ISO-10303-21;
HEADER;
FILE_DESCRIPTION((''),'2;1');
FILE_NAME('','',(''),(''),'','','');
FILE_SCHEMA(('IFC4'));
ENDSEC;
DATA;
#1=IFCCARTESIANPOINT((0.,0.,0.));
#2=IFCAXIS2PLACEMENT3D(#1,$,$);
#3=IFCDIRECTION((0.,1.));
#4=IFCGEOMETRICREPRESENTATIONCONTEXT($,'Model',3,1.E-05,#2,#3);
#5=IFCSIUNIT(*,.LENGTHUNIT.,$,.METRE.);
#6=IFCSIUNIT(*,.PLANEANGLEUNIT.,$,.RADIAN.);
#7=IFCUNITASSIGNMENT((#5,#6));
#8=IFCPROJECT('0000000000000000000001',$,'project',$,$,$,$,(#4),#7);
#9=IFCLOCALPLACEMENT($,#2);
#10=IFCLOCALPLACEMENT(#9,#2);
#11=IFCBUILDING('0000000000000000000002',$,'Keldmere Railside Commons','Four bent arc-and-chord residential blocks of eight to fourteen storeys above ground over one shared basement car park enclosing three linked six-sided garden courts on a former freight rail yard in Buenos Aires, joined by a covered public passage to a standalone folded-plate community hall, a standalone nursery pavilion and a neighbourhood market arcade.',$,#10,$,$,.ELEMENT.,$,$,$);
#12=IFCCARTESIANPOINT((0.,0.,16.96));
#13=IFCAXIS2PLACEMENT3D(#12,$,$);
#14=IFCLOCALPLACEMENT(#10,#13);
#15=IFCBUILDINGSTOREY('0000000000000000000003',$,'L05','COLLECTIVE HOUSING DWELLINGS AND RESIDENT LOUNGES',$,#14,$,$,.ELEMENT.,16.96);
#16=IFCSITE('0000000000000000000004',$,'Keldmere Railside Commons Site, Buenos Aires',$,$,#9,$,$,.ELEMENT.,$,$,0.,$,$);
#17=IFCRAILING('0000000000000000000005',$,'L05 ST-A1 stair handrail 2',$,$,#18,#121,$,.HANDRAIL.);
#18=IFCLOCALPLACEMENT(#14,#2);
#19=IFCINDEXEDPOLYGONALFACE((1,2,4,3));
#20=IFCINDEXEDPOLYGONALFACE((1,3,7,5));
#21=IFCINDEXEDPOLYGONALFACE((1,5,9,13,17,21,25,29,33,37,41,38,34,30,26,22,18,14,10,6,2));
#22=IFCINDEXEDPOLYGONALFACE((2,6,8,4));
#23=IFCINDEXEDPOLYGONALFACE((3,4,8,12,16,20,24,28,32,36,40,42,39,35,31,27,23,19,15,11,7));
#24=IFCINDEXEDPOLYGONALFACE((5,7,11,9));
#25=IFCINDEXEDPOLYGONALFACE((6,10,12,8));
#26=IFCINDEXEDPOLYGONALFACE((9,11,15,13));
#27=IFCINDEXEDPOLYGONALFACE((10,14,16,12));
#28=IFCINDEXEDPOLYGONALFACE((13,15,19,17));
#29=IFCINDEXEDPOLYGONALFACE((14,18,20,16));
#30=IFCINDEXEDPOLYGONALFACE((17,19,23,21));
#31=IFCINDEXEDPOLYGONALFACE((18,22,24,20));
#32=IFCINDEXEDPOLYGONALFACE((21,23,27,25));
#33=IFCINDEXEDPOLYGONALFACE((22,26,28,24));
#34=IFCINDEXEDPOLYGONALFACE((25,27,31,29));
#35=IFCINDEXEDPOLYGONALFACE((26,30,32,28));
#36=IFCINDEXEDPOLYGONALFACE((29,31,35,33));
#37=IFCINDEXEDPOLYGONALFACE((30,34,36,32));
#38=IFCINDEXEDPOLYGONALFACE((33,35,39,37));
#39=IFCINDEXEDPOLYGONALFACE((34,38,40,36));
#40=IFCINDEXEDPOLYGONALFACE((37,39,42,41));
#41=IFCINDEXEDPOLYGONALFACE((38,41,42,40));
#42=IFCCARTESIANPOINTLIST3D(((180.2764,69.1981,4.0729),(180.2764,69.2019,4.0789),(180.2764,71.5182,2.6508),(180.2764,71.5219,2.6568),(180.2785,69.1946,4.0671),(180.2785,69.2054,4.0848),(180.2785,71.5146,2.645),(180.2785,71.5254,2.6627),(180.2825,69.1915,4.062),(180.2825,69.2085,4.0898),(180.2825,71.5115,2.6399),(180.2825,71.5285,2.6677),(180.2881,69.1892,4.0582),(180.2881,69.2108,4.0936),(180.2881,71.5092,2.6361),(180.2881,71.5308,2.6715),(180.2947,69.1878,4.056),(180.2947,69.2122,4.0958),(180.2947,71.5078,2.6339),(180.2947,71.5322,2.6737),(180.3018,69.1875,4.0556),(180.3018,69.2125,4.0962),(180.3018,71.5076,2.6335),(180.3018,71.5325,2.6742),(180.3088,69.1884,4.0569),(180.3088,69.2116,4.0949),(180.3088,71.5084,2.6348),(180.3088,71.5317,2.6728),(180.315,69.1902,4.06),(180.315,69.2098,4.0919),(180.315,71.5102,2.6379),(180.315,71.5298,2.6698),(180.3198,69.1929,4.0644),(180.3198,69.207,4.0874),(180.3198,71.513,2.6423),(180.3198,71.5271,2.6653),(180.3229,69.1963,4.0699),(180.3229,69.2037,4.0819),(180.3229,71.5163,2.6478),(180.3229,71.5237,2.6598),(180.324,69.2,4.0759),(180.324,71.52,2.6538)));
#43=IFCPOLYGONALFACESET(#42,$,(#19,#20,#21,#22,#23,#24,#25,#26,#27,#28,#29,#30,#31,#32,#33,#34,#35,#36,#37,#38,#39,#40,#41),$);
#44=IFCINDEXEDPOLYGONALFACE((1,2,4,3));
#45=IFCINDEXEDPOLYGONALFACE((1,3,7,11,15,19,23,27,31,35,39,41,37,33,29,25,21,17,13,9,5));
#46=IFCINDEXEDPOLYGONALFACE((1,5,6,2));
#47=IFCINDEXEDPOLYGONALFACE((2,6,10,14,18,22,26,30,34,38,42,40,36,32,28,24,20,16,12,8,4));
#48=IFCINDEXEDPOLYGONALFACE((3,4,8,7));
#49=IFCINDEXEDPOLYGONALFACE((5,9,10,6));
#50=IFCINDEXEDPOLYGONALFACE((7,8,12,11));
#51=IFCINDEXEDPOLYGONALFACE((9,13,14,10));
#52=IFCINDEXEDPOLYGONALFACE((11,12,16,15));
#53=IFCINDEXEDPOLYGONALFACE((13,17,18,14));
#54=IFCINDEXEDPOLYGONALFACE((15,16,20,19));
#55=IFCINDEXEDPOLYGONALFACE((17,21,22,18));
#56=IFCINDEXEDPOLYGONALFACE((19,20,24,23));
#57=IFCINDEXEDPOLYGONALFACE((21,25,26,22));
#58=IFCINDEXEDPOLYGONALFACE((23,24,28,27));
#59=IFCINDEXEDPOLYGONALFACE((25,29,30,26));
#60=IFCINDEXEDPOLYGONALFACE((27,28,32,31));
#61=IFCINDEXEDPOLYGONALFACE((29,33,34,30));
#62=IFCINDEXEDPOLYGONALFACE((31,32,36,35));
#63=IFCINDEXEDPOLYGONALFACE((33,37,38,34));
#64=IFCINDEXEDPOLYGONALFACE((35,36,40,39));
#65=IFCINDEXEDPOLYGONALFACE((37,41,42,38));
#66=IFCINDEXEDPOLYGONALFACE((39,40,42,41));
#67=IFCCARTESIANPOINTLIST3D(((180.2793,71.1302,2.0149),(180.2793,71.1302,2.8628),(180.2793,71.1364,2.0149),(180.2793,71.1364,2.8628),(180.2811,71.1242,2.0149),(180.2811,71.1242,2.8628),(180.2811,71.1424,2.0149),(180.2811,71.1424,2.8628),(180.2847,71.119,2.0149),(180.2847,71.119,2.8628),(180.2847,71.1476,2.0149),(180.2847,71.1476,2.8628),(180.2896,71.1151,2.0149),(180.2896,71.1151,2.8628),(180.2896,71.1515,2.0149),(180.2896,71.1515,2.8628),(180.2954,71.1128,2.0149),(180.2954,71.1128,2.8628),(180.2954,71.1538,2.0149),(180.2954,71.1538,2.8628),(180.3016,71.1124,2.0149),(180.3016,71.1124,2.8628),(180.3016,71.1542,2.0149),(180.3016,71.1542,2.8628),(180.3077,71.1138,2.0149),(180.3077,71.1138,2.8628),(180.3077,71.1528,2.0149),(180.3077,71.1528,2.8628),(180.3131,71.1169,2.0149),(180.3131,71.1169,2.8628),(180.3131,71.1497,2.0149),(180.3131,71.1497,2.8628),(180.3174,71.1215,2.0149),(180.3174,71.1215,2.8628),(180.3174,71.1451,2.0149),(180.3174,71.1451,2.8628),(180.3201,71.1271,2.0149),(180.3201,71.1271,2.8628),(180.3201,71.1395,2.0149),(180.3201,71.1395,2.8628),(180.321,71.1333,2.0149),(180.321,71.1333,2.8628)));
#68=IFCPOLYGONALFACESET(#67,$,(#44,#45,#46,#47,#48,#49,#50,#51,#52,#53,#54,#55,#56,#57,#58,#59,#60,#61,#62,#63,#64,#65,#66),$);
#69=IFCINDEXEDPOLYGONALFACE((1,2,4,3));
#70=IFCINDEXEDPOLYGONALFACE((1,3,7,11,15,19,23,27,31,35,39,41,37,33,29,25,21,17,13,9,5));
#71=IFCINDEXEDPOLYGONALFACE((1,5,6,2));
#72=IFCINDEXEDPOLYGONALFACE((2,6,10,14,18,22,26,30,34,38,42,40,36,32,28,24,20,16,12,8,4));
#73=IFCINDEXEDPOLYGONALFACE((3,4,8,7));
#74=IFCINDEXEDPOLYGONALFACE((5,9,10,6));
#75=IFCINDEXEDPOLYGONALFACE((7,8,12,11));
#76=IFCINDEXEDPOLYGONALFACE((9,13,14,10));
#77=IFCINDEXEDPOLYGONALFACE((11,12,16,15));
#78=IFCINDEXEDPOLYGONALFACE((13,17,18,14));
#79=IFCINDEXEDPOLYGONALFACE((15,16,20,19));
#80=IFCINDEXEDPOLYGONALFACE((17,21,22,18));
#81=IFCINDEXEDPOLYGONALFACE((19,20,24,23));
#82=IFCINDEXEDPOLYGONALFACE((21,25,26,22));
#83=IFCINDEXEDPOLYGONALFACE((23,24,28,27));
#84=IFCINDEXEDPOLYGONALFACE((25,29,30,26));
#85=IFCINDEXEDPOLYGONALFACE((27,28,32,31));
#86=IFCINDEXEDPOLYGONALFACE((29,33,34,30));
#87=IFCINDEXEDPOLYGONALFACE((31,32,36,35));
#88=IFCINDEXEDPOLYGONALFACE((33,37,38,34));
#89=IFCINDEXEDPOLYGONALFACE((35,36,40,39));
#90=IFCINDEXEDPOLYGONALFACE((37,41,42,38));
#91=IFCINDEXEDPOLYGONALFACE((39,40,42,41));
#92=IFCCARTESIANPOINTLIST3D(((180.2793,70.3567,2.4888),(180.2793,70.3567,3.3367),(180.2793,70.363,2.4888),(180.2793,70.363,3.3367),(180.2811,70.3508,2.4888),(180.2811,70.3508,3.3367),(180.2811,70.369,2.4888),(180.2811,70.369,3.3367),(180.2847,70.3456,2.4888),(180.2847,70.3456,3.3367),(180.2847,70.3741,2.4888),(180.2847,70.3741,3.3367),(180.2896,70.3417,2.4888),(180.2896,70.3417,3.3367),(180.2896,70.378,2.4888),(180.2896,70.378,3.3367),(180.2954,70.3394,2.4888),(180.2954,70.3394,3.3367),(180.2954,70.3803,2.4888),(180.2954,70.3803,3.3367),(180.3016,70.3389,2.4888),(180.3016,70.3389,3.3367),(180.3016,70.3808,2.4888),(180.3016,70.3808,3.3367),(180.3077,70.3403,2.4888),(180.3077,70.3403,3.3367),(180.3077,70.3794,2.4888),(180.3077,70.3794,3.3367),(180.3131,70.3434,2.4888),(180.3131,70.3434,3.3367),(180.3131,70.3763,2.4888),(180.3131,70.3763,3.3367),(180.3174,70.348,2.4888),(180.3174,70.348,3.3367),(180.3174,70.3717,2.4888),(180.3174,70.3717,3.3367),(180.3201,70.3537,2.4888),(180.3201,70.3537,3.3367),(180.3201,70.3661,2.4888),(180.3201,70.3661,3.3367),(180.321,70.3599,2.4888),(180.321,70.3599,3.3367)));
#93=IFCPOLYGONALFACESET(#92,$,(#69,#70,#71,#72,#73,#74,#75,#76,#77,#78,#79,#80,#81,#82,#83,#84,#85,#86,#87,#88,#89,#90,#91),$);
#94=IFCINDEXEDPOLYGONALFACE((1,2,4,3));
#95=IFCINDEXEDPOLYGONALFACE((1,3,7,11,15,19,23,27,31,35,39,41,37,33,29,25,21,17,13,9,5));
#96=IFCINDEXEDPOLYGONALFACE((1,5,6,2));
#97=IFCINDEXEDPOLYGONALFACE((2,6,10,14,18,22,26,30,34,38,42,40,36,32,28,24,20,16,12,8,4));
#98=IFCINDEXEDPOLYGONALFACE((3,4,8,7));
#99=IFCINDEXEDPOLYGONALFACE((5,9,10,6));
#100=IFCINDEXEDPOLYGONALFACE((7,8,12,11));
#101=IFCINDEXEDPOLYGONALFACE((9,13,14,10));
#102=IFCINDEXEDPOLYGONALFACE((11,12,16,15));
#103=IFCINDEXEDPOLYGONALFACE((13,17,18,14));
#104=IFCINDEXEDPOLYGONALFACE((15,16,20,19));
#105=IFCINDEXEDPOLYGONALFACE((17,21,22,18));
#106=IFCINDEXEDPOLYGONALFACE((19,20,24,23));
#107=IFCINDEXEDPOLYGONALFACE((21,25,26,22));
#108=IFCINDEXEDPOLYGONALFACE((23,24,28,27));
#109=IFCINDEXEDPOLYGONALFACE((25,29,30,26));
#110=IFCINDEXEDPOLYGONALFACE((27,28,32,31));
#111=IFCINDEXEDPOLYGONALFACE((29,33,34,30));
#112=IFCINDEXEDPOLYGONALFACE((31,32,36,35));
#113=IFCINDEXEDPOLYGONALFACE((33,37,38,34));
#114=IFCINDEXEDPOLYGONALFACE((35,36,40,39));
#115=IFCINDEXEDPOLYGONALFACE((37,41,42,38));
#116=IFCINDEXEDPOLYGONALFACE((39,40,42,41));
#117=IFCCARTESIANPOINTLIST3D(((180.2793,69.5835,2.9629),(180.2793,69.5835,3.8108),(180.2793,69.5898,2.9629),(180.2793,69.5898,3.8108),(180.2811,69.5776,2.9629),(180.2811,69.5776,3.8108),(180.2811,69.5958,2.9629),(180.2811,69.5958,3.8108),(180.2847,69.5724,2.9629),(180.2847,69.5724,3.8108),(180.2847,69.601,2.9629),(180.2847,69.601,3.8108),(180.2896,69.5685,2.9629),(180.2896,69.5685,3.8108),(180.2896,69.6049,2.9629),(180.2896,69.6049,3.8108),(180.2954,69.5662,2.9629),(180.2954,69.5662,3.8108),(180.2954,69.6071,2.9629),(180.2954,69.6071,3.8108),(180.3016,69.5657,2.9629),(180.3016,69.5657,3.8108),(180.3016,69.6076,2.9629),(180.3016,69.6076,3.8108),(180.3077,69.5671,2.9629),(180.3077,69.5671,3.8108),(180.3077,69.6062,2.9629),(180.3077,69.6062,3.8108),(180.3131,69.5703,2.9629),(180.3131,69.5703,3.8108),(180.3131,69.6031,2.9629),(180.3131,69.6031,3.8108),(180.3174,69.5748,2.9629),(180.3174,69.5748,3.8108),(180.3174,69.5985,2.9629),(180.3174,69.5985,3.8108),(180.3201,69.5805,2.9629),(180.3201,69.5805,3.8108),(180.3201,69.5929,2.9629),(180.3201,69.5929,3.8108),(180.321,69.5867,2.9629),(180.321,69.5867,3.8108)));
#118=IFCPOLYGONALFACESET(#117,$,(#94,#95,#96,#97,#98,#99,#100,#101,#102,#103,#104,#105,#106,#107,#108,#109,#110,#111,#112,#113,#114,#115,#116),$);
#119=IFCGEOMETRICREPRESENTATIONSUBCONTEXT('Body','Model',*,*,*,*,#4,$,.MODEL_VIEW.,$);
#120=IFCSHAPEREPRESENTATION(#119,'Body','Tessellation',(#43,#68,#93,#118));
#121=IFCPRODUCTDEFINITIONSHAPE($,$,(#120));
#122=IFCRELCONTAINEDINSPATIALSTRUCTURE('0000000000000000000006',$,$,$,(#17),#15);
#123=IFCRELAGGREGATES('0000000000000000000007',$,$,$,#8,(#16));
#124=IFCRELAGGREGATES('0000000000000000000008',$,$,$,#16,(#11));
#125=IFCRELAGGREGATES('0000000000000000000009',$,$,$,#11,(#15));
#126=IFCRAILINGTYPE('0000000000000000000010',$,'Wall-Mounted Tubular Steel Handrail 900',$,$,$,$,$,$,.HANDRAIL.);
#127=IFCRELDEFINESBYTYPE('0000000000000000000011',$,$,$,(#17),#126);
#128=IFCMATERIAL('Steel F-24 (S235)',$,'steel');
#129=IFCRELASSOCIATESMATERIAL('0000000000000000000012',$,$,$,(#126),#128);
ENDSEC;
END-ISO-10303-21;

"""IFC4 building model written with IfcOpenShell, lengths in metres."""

from ifc_helpers import new_model, si_unit, direction, frame, origin, origin_2d, place, context, subcontext, project, spatial, circle, extrude, material, type_object, element, save


model = new_model("IFC4")

# Units and contexts
model_context = context("Model", 3, precision=1e-05, world=origin(), true_north=direction((0.0, 1.0)))
body_context = subcontext(model_context, "Body", "Model", "MODEL_VIEW")
ifc_project = project(units=[si_unit("LENGTHUNIT", "METRE"), si_unit("PLANEANGLEUNIT", "RADIAN")], contexts=[model_context])

# Site, building, storey
site_placement = place(None, origin())
site = spatial("IfcSite", under=ifc_project, at=site_placement, Name="Keldmere Railside Commons Site, Buenos Aires", CompositionType="ELEMENT", RefElevation=0.0)
building_placement = place(site_placement, origin())
building = spatial("IfcBuilding", under=site, at=building_placement, Name="Keldmere Railside Commons", Description="Four bent arc-and-chord residential blocks of eight to fourteen storeys above ground over one shared basement car park enclosing three linked six-sided garden courts on a former freight rail yard in Buenos Aires, joined by a covered public passage to a standalone folded-plate community hall, a standalone nursery pavilion and a neighbourhood market arcade.", CompositionType="ELEMENT")
storey_placement = place(building_placement, frame((0.0, 0.0, 16.96)))
storey = spatial("IfcBuildingStorey", under=building, at=storey_placement, Name="L05", Description="COLLECTIVE HOUSING DWELLINGS AND RESIDENT LOUNGES", CompositionType="ELEMENT", Elevation=16.96)

# Shared definitions
ifc_material_1 = material(Name="Steel F-24 (S235)", Category="steel")

# Railing
railing_type_1 = type_object("IfcRailingType", Name="Wall-Mounted Tubular Steel Handrail 900", PredefinedType="HANDRAIL", material=ifc_material_1)
railing_1_placement = place(storey_placement, frame((180.3, 71.52, 1.7778)))
element("IfcRailing", 1, at=railing_1_placement, inside=storey, type_object=railing_type_1, Name="L05 ST-A1 stair handrail 2", PredefinedType="HANDRAIL", context=body_context, shape_type="SweptSolid", body=[
    extrude(circle(Radius=0.0239, at=origin_2d()), frame((0.0, 0.0, 0.876), z_axis=(0.0, -0.852578, 0.5226), x_axis=(1.0, 0.0, 0.0)), (0.0, 0.0, 1.0), 2.7212),
    extrude(circle(Radius=0.021, at=origin_2d()), frame((0.0, -0.3867, 0.2371)), (0.0, 0.0, 1.0), 0.8479),
    extrude(circle(Radius=0.021, at=origin_2d()), frame((0.0, -1.1602, 0.7109)), (0.0, 0.0, 1.0), 0.8479),
    extrude(circle(Radius=0.021, at=origin_2d()), frame((0.0, -1.9333, 1.1851)), (0.0, 0.0, 1.0), 0.8479),
])

save(model, "model.ifc")
